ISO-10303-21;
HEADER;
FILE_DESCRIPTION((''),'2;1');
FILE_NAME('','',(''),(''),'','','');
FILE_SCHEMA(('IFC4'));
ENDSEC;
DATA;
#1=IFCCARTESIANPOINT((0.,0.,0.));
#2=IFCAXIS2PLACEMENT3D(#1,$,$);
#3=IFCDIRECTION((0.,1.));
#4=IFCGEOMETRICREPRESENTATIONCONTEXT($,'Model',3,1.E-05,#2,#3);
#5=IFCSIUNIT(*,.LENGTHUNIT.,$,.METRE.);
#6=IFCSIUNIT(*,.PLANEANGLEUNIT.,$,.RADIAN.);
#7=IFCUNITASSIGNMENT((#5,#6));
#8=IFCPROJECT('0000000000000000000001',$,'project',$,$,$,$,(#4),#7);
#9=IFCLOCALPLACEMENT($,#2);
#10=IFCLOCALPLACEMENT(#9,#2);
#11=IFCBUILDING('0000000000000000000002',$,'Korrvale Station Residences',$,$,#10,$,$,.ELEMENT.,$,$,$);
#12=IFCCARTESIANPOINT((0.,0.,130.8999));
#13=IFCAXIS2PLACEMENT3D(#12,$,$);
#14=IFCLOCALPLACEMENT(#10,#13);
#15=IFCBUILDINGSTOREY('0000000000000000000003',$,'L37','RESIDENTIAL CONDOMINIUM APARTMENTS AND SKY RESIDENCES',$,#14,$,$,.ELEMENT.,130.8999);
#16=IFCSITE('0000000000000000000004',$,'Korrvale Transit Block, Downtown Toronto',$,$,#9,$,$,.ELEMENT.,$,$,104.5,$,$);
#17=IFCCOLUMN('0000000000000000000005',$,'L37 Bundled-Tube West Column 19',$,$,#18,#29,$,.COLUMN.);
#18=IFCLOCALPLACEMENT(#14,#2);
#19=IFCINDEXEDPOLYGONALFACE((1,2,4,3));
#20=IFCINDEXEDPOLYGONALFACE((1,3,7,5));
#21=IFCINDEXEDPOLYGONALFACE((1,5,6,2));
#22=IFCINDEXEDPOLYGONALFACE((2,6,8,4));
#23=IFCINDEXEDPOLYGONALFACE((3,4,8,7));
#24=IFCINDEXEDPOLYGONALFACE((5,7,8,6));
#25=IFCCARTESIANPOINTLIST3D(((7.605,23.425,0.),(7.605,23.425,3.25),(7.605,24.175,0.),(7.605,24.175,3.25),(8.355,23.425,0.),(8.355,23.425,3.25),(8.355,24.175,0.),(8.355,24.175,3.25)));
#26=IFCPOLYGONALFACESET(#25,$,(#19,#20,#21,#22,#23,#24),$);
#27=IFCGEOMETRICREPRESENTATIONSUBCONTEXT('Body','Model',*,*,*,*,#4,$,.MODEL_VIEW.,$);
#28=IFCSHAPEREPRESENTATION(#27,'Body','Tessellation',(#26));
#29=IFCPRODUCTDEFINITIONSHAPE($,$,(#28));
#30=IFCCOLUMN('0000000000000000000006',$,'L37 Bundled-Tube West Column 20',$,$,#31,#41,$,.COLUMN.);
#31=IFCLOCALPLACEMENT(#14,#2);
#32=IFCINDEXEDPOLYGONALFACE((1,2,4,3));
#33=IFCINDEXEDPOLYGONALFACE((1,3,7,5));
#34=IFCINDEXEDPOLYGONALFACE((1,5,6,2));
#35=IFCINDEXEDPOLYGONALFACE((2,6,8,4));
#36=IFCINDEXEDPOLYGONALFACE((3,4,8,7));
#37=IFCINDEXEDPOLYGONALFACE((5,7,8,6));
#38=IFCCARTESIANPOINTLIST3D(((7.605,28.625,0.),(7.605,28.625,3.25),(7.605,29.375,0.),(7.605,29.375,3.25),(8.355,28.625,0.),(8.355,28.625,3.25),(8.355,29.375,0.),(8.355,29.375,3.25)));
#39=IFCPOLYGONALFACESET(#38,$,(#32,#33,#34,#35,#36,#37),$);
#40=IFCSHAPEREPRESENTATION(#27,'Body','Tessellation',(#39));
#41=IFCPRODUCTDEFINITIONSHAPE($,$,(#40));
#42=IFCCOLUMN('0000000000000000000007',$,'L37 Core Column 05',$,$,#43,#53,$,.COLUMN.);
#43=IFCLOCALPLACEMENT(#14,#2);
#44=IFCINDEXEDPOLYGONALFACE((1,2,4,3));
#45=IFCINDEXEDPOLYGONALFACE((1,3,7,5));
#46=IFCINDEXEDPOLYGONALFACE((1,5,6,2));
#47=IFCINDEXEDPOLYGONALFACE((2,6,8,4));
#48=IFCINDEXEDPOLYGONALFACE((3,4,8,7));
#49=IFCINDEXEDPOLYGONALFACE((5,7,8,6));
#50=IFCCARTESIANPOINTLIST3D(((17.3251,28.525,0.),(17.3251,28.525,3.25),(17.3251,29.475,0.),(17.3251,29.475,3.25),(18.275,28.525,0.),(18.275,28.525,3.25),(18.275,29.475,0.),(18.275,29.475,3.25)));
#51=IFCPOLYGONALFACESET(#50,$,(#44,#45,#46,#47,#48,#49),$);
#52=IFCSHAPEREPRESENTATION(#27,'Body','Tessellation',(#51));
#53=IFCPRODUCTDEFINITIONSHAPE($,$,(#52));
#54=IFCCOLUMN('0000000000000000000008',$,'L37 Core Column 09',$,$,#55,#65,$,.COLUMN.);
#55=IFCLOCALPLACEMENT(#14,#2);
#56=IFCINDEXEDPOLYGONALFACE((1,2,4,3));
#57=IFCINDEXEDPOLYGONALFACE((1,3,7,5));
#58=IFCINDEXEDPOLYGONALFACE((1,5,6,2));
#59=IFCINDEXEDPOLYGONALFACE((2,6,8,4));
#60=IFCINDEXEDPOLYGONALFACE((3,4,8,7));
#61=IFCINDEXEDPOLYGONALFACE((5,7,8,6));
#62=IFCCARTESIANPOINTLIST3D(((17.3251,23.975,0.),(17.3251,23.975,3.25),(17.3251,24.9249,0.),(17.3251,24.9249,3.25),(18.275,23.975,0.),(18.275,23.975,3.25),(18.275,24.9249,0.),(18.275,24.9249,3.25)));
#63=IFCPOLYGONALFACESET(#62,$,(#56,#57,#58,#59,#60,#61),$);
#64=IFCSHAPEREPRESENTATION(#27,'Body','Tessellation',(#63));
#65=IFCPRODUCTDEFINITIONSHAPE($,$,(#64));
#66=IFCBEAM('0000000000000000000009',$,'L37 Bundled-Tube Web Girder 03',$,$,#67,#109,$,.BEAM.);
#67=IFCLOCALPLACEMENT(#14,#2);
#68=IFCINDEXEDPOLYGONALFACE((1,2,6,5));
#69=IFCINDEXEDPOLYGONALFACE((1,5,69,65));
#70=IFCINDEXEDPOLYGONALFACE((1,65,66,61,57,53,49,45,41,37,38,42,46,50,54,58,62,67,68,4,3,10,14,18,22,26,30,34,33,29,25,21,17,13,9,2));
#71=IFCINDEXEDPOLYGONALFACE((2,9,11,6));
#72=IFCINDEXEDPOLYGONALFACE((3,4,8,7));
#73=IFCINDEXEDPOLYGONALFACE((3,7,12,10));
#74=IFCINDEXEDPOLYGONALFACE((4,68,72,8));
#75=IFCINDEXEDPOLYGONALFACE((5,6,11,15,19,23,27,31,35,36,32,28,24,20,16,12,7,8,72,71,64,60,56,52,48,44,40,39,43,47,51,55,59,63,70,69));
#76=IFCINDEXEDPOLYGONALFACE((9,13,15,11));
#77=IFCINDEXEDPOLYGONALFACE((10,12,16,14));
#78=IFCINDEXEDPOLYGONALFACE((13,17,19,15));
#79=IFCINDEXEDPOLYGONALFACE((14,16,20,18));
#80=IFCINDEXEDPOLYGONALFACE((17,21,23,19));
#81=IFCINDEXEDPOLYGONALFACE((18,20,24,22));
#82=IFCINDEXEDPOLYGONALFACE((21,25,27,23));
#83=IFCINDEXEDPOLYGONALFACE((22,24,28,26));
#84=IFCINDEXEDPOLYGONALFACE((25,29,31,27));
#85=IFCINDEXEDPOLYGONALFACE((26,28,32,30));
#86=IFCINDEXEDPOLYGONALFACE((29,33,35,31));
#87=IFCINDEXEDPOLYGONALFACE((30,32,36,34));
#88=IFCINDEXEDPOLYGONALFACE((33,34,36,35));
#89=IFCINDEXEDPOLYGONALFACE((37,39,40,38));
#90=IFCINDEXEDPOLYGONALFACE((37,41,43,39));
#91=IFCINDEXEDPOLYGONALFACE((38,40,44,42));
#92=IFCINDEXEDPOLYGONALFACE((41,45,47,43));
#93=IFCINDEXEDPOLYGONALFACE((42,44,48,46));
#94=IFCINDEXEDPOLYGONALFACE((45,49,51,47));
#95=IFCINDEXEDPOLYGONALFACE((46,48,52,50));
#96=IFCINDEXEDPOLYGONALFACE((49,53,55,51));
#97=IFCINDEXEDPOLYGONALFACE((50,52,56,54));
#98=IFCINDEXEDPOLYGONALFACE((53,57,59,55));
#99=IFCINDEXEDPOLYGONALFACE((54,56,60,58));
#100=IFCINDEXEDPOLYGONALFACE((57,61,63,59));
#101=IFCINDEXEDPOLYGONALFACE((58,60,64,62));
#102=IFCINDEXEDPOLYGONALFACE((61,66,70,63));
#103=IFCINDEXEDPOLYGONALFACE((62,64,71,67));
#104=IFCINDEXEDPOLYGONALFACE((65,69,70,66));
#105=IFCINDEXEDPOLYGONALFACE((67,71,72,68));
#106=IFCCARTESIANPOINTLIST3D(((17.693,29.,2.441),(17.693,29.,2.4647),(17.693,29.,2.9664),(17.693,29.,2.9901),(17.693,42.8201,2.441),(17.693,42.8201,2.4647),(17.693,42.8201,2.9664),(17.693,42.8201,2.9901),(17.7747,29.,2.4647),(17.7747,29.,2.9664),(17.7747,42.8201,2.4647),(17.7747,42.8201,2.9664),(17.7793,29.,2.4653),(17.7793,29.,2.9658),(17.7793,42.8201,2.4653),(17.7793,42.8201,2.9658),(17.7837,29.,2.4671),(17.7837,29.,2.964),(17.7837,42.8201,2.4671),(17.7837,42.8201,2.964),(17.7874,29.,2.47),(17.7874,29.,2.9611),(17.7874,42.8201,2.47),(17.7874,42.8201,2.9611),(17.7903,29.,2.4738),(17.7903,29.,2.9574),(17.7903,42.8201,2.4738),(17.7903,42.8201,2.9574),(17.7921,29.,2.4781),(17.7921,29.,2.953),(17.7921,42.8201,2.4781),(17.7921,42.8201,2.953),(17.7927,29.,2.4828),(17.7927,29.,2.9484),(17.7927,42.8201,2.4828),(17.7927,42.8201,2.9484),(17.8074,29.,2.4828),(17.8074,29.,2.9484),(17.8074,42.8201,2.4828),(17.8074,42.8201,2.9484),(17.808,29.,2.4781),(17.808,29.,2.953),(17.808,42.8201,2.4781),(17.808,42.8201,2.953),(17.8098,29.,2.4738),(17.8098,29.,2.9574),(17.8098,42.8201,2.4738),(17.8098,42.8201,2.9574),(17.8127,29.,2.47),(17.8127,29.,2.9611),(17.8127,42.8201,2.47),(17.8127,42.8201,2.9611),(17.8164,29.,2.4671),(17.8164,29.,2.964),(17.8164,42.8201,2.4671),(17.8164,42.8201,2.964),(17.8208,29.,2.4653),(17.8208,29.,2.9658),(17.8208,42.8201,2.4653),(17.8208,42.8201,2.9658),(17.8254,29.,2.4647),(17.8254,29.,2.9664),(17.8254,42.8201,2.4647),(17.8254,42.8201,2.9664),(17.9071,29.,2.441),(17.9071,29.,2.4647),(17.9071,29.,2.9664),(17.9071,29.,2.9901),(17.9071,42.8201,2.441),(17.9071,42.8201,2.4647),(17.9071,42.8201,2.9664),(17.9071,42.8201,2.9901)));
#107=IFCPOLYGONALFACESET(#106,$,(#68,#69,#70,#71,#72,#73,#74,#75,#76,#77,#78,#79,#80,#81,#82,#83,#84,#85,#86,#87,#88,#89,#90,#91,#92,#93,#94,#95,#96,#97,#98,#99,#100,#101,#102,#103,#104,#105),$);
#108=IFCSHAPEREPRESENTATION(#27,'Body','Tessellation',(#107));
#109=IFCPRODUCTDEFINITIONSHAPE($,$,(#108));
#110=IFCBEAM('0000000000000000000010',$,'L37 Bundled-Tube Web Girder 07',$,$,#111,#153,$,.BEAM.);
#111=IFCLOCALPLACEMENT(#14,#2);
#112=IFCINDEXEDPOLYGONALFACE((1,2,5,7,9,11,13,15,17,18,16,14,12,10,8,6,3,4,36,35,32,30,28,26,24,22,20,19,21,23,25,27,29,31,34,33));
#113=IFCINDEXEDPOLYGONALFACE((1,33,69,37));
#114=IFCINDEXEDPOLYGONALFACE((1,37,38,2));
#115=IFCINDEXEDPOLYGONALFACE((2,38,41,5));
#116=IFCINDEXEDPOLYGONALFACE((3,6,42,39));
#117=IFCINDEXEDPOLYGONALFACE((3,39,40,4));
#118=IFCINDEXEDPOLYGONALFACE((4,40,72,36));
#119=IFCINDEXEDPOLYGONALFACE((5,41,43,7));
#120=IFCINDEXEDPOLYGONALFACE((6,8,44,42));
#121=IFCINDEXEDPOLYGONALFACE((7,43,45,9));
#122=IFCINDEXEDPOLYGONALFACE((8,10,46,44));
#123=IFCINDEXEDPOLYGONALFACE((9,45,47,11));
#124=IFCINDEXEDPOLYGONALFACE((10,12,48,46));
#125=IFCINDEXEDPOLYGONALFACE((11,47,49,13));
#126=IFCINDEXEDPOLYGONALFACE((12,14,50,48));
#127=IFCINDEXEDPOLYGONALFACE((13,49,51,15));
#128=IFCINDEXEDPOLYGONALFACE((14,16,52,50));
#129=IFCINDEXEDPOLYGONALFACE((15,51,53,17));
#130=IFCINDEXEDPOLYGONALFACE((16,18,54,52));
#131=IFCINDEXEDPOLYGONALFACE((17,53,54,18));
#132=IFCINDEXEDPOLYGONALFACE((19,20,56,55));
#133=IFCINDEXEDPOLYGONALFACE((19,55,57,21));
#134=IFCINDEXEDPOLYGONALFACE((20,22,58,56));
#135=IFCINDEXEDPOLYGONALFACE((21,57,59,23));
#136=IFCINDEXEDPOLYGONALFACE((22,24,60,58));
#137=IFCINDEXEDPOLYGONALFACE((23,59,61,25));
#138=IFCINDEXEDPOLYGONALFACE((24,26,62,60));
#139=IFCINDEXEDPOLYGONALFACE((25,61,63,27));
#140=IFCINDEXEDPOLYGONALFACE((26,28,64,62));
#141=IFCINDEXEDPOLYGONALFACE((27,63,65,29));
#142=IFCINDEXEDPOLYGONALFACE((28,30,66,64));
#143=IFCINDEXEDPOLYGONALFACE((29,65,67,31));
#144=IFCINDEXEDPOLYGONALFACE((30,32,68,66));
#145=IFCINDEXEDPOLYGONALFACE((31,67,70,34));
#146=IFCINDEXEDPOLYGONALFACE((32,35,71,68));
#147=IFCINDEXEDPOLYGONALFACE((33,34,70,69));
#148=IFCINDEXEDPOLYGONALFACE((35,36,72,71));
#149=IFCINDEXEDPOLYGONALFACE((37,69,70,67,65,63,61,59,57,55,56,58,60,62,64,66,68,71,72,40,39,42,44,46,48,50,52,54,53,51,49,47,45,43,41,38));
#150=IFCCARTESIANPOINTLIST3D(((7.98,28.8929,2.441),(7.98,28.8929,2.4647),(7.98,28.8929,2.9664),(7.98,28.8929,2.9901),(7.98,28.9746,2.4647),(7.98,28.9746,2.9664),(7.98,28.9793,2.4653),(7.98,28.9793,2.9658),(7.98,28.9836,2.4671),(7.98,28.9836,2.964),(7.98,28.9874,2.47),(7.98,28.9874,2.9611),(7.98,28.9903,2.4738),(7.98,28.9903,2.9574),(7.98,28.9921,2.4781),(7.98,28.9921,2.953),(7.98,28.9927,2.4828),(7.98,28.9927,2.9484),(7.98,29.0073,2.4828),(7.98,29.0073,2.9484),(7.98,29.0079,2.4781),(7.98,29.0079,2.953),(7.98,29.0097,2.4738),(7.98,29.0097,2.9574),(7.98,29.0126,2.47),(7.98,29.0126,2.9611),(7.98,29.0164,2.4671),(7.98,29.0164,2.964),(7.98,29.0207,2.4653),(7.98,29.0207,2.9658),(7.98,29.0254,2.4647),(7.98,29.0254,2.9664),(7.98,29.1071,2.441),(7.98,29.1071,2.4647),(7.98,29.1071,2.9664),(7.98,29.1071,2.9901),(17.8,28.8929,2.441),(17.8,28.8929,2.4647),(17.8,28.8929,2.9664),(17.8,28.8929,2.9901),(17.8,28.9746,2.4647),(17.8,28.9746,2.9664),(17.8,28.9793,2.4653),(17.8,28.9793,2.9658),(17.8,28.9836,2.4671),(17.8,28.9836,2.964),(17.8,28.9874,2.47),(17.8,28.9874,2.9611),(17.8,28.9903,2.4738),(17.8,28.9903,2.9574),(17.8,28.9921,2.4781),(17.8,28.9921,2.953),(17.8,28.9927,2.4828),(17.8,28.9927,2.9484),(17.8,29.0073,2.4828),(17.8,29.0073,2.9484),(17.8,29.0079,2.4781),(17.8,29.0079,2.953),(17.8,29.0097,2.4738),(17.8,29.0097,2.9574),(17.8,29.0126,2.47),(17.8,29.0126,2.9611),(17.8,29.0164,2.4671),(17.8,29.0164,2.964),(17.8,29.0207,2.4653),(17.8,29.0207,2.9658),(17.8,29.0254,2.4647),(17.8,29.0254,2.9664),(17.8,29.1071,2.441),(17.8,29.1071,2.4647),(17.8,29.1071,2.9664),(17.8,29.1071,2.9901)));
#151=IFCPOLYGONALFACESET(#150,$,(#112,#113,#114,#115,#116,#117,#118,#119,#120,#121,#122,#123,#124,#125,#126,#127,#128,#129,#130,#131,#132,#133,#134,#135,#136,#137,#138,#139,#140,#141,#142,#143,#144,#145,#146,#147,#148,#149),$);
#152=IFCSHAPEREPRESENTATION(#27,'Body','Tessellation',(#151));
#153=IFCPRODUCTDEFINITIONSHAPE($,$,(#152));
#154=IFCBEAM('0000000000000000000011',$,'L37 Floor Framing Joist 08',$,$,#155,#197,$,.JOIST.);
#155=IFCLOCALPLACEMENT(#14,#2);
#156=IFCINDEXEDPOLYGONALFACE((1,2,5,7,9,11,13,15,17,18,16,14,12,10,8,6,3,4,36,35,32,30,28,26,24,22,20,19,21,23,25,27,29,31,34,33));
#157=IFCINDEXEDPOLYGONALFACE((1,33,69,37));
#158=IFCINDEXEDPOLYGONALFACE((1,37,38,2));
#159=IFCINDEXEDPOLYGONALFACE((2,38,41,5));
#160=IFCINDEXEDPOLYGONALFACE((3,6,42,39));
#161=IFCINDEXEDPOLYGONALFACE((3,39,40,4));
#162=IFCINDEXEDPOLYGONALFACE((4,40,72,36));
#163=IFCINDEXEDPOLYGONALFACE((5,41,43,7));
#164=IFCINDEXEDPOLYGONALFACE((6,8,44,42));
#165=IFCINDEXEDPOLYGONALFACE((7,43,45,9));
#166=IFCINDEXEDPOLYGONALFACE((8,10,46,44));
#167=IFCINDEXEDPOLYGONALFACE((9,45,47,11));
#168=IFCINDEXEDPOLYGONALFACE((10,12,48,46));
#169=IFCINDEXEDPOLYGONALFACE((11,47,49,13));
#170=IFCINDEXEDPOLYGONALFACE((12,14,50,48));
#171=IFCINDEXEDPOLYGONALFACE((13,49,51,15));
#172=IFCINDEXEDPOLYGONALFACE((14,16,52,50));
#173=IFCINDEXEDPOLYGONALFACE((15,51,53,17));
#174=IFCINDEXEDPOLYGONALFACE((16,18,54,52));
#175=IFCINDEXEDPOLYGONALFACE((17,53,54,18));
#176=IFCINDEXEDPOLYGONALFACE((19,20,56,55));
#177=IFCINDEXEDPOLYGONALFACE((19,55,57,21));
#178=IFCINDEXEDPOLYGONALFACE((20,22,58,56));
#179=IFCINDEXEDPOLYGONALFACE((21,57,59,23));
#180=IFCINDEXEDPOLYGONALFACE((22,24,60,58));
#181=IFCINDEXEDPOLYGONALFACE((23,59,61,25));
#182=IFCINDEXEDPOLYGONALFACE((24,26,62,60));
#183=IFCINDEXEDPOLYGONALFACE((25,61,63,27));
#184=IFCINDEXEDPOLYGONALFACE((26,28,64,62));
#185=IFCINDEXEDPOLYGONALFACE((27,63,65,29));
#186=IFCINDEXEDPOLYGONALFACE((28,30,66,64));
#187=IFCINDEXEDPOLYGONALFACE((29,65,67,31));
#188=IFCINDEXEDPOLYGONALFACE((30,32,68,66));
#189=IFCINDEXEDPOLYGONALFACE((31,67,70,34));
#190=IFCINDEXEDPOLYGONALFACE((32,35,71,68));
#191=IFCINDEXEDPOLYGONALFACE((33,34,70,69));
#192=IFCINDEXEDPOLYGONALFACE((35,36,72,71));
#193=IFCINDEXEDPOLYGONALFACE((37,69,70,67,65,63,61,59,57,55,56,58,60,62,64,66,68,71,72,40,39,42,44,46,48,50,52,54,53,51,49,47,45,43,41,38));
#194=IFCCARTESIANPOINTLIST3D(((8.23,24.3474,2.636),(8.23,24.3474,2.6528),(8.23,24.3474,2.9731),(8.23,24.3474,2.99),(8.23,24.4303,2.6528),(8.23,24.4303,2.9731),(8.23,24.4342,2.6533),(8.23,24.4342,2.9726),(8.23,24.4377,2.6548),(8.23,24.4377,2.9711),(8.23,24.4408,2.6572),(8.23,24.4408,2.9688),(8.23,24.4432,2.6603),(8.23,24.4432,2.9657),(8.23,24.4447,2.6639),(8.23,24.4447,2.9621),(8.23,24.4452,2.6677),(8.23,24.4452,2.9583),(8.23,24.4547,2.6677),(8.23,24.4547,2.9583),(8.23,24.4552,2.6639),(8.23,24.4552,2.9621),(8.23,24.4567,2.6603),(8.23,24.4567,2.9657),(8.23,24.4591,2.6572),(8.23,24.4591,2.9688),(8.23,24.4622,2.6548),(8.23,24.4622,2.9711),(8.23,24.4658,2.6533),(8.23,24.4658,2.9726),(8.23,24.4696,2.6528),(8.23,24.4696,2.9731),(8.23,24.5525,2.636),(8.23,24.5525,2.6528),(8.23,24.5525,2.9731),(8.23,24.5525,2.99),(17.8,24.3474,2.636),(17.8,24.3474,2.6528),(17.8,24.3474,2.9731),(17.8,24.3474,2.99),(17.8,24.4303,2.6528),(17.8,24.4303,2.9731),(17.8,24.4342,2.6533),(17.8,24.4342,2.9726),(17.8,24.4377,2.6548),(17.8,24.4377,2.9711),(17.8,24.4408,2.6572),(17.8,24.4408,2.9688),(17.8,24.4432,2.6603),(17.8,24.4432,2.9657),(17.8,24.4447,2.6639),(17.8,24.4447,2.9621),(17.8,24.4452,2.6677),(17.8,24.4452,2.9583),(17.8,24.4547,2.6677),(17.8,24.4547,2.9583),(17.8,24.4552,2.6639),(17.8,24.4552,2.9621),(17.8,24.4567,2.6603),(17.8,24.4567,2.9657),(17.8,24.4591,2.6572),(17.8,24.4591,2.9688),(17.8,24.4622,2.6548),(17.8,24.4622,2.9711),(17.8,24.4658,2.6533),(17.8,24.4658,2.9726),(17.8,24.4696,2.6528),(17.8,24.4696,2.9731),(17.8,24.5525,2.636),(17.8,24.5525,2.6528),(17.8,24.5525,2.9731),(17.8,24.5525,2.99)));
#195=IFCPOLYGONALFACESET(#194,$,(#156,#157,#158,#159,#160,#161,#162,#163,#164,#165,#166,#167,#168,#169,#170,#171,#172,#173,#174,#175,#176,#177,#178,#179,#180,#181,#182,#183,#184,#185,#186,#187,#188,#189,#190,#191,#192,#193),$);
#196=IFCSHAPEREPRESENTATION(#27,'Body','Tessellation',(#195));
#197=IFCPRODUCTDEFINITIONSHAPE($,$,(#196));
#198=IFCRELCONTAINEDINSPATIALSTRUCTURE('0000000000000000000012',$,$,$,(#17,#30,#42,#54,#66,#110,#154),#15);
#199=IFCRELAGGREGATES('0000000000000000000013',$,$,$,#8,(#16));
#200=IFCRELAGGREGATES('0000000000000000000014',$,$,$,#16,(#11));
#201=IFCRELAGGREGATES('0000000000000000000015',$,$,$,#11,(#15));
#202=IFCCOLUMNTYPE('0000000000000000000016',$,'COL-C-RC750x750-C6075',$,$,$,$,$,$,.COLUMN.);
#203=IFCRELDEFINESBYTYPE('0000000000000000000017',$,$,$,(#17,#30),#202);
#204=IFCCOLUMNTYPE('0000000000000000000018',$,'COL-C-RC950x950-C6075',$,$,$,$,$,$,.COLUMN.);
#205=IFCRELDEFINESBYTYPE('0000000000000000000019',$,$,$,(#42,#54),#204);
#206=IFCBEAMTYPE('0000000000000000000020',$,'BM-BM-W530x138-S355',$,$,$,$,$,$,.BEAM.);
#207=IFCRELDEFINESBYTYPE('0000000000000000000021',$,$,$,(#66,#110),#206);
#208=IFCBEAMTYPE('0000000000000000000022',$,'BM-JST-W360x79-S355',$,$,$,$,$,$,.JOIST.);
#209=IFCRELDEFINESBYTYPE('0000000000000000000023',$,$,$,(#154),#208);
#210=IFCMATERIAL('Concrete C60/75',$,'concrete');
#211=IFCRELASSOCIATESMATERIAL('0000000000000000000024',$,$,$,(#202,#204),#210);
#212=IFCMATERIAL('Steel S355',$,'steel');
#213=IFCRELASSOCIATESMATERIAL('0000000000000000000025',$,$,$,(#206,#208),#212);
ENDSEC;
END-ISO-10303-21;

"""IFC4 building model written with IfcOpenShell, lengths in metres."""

from ifc_helpers import new_model, si_unit, direction, frame, origin, origin_2d, place, context, subcontext, project, spatial, rectangle, i_section, extrude, material, material_profile, profile_set, type_object, element, save


model = new_model("IFC4")

# Units and contexts
model_context = context("Model", 3, precision=1e-05, world=origin(), true_north=direction((0.0, 1.0)))
body_context = subcontext(model_context, "Body", "Model", "MODEL_VIEW")
ifc_project = project(units=[si_unit("LENGTHUNIT", "METRE"), si_unit("PLANEANGLEUNIT", "RADIAN")], contexts=[model_context])

# Site, building, storey
site_placement = place(None, origin())
site = spatial("IfcSite", under=ifc_project, at=site_placement, Name="Korrvale Transit Block, Downtown Toronto", CompositionType="ELEMENT", RefElevation=104.5)
building_placement = place(site_placement, origin())
building = spatial("IfcBuilding", under=site, at=building_placement, Name="Korrvale Station Residences", CompositionType="ELEMENT")
storey_placement = place(building_placement, frame((0.0, 0.0, 130.8999)))
storey = spatial("IfcBuildingStorey", under=building, at=storey_placement, Name="L37", Description="RESIDENTIAL CONDOMINIUM APARTMENTS AND SKY RESIDENCES", CompositionType="ELEMENT", Elevation=130.8999)

# Columns
ifc_material_1 = material(Name="Concrete C60/75", Category="concrete")
ifc_material_profile_1 = material_profile(ifc_material_1, rectangle(XDim=0.75, YDim=0.75, at=origin_2d()), Name="RC750x750")
ifc_profile_set_1 = profile_set([ifc_material_profile_1], Name="Concrete C60/75")
column_type_1 = type_object("IfcColumnType", Name="COL-C-RC750x750-C6075", PredefinedType="COLUMN", material=ifc_profile_set_1)
for number, where, z_axis, x_axis, name in (
    (1, (7.98, 23.8, 0.0), (0.0, 0.0, 1.0), (1.0, 0.0, 0.0), "L37 Bundled-Tube West Column 19"),
    (2, (7.98, 29.0, 0.0), (0.0, 0.0, 1.0), (1.0, 0.0, 0.0), "L37 Bundled-Tube West Column 20"),
):
    element("IfcColumn", number, at=place(storey_placement, frame(where, z_axis=z_axis, x_axis=x_axis)), inside=storey, type_object=column_type_1, Name=name, PredefinedType="COLUMN", context=body_context, shape_type="SweptSolid", body=[
        extrude(rectangle(XDim=0.75, YDim=0.75, at=origin_2d()), origin(), (0.0, 0.0, 1.0), 3.25),
    ])
ifc_material_profile_2 = material_profile(ifc_material_1, rectangle(XDim=0.95, YDim=0.95, at=origin_2d()), Name="RC950x950")
ifc_profile_set_2 = profile_set([ifc_material_profile_2], Name="Concrete C60/75")
column_type_2 = type_object("IfcColumnType", Name="COL-C-RC950x950-C6075", PredefinedType="COLUMN", material=ifc_profile_set_2)
for number, where, z_axis, x_axis, name in (
    (3, (17.8, 29.0, 0.0), (0.0, 0.0, 1.0), (1.0, 0.0, 0.0), "L37 Core Column 05"),
    (4, (17.8, 24.45, 0.0), (0.0, 0.0, 1.0), (1.0, 0.0, 0.0), "L37 Core Column 09"),
):
    element("IfcColumn", number, at=place(storey_placement, frame(where, z_axis=z_axis, x_axis=x_axis)), inside=storey, type_object=column_type_2, Name=name, PredefinedType="COLUMN", context=body_context, shape_type="SweptSolid", body=[
        extrude(rectangle(XDim=0.95, YDim=0.95, at=origin_2d()), origin(), (0.0, 0.0, 1.0), 3.25),
    ])

# Beams
ifc_material_2 = material(Name="Steel S355", Category="steel")
ifc_material_profile_3 = material_profile(ifc_material_2, i_section(OverallWidth=0.2141, OverallDepth=0.5491, WebThickness=0.0146, FlangeThickness=0.0237, FilletRadius=0.0181, at=origin_2d()), Name="W530x138")
ifc_profile_set_3 = profile_set([ifc_material_profile_3], Name="Steel S355")
beam_type_1 = type_object("IfcBeamType", Name="BM-BM-W530x138-S355", PredefinedType="BEAM", material=ifc_profile_set_3)
beam_1_placement = place(storey_placement, frame((17.8, 29.0, 2.7156), z_axis=(0.0, 1.0, 0.0), x_axis=(-1.0, 0.0, 0.0)))
element("IfcBeam", 5, at=beam_1_placement, inside=storey, type_object=beam_type_1, Name="L37 Bundled-Tube Web Girder 03", PredefinedType="BEAM", context=body_context, shape_type="SweptSolid", body=[
    extrude(i_section(OverallWidth=0.2141, OverallDepth=0.5491, WebThickness=0.0146, FlangeThickness=0.0237, FilletRadius=0.0181, at=origin_2d()), origin(), (0.0, 0.0, 1.0), 13.8201),
])
beam_2_placement = place(storey_placement, frame((7.98, 29.0, 2.7156), z_axis=(1.0, 0.0, 0.0), x_axis=(0.0, 1.0, 0.0)))
element("IfcBeam", 6, at=beam_2_placement, inside=storey, type_object=beam_type_1, Name="L37 Bundled-Tube Web Girder 07", PredefinedType="BEAM", context=body_context, shape_type="SweptSolid", body=[
    extrude(i_section(OverallWidth=0.2141, OverallDepth=0.5491, WebThickness=0.0146, FlangeThickness=0.0237, FilletRadius=0.0181, at=origin_2d()), origin(), (0.0, 0.0, 1.0), 9.8201),
])
ifc_material_profile_4 = material_profile(ifc_material_2, i_section(OverallWidth=0.2051, OverallDepth=0.354, WebThickness=0.0095, FlangeThickness=0.0168, FilletRadius=0.0149, at=origin_2d()), Name="W360x79")
ifc_profile_set_4 = profile_set([ifc_material_profile_4], Name="Steel S355")
beam_type_2 = type_object("IfcBeamType", Name="BM-JST-W360x79-S355", PredefinedType="JOIST", material=ifc_profile_set_4)
beam_3_placement = place(storey_placement, frame((8.23, 24.45, 2.813), z_axis=(1.0, 0.0, 0.0), x_axis=(0.0, 1.0, 0.0)))
element("IfcBeam", 7, at=beam_3_placement, inside=storey, type_object=beam_type_2, Name="L37 Floor Framing Joist 08", PredefinedType="JOIST", context=body_context, shape_type="SweptSolid", body=[
    extrude(i_section(OverallWidth=0.2051, OverallDepth=0.354, WebThickness=0.0095, FlangeThickness=0.0168, FilletRadius=0.0149, at=origin_2d()), origin(), (0.0, 0.0, 1.0), 9.5701),
])

save(model, "model.ifc")
